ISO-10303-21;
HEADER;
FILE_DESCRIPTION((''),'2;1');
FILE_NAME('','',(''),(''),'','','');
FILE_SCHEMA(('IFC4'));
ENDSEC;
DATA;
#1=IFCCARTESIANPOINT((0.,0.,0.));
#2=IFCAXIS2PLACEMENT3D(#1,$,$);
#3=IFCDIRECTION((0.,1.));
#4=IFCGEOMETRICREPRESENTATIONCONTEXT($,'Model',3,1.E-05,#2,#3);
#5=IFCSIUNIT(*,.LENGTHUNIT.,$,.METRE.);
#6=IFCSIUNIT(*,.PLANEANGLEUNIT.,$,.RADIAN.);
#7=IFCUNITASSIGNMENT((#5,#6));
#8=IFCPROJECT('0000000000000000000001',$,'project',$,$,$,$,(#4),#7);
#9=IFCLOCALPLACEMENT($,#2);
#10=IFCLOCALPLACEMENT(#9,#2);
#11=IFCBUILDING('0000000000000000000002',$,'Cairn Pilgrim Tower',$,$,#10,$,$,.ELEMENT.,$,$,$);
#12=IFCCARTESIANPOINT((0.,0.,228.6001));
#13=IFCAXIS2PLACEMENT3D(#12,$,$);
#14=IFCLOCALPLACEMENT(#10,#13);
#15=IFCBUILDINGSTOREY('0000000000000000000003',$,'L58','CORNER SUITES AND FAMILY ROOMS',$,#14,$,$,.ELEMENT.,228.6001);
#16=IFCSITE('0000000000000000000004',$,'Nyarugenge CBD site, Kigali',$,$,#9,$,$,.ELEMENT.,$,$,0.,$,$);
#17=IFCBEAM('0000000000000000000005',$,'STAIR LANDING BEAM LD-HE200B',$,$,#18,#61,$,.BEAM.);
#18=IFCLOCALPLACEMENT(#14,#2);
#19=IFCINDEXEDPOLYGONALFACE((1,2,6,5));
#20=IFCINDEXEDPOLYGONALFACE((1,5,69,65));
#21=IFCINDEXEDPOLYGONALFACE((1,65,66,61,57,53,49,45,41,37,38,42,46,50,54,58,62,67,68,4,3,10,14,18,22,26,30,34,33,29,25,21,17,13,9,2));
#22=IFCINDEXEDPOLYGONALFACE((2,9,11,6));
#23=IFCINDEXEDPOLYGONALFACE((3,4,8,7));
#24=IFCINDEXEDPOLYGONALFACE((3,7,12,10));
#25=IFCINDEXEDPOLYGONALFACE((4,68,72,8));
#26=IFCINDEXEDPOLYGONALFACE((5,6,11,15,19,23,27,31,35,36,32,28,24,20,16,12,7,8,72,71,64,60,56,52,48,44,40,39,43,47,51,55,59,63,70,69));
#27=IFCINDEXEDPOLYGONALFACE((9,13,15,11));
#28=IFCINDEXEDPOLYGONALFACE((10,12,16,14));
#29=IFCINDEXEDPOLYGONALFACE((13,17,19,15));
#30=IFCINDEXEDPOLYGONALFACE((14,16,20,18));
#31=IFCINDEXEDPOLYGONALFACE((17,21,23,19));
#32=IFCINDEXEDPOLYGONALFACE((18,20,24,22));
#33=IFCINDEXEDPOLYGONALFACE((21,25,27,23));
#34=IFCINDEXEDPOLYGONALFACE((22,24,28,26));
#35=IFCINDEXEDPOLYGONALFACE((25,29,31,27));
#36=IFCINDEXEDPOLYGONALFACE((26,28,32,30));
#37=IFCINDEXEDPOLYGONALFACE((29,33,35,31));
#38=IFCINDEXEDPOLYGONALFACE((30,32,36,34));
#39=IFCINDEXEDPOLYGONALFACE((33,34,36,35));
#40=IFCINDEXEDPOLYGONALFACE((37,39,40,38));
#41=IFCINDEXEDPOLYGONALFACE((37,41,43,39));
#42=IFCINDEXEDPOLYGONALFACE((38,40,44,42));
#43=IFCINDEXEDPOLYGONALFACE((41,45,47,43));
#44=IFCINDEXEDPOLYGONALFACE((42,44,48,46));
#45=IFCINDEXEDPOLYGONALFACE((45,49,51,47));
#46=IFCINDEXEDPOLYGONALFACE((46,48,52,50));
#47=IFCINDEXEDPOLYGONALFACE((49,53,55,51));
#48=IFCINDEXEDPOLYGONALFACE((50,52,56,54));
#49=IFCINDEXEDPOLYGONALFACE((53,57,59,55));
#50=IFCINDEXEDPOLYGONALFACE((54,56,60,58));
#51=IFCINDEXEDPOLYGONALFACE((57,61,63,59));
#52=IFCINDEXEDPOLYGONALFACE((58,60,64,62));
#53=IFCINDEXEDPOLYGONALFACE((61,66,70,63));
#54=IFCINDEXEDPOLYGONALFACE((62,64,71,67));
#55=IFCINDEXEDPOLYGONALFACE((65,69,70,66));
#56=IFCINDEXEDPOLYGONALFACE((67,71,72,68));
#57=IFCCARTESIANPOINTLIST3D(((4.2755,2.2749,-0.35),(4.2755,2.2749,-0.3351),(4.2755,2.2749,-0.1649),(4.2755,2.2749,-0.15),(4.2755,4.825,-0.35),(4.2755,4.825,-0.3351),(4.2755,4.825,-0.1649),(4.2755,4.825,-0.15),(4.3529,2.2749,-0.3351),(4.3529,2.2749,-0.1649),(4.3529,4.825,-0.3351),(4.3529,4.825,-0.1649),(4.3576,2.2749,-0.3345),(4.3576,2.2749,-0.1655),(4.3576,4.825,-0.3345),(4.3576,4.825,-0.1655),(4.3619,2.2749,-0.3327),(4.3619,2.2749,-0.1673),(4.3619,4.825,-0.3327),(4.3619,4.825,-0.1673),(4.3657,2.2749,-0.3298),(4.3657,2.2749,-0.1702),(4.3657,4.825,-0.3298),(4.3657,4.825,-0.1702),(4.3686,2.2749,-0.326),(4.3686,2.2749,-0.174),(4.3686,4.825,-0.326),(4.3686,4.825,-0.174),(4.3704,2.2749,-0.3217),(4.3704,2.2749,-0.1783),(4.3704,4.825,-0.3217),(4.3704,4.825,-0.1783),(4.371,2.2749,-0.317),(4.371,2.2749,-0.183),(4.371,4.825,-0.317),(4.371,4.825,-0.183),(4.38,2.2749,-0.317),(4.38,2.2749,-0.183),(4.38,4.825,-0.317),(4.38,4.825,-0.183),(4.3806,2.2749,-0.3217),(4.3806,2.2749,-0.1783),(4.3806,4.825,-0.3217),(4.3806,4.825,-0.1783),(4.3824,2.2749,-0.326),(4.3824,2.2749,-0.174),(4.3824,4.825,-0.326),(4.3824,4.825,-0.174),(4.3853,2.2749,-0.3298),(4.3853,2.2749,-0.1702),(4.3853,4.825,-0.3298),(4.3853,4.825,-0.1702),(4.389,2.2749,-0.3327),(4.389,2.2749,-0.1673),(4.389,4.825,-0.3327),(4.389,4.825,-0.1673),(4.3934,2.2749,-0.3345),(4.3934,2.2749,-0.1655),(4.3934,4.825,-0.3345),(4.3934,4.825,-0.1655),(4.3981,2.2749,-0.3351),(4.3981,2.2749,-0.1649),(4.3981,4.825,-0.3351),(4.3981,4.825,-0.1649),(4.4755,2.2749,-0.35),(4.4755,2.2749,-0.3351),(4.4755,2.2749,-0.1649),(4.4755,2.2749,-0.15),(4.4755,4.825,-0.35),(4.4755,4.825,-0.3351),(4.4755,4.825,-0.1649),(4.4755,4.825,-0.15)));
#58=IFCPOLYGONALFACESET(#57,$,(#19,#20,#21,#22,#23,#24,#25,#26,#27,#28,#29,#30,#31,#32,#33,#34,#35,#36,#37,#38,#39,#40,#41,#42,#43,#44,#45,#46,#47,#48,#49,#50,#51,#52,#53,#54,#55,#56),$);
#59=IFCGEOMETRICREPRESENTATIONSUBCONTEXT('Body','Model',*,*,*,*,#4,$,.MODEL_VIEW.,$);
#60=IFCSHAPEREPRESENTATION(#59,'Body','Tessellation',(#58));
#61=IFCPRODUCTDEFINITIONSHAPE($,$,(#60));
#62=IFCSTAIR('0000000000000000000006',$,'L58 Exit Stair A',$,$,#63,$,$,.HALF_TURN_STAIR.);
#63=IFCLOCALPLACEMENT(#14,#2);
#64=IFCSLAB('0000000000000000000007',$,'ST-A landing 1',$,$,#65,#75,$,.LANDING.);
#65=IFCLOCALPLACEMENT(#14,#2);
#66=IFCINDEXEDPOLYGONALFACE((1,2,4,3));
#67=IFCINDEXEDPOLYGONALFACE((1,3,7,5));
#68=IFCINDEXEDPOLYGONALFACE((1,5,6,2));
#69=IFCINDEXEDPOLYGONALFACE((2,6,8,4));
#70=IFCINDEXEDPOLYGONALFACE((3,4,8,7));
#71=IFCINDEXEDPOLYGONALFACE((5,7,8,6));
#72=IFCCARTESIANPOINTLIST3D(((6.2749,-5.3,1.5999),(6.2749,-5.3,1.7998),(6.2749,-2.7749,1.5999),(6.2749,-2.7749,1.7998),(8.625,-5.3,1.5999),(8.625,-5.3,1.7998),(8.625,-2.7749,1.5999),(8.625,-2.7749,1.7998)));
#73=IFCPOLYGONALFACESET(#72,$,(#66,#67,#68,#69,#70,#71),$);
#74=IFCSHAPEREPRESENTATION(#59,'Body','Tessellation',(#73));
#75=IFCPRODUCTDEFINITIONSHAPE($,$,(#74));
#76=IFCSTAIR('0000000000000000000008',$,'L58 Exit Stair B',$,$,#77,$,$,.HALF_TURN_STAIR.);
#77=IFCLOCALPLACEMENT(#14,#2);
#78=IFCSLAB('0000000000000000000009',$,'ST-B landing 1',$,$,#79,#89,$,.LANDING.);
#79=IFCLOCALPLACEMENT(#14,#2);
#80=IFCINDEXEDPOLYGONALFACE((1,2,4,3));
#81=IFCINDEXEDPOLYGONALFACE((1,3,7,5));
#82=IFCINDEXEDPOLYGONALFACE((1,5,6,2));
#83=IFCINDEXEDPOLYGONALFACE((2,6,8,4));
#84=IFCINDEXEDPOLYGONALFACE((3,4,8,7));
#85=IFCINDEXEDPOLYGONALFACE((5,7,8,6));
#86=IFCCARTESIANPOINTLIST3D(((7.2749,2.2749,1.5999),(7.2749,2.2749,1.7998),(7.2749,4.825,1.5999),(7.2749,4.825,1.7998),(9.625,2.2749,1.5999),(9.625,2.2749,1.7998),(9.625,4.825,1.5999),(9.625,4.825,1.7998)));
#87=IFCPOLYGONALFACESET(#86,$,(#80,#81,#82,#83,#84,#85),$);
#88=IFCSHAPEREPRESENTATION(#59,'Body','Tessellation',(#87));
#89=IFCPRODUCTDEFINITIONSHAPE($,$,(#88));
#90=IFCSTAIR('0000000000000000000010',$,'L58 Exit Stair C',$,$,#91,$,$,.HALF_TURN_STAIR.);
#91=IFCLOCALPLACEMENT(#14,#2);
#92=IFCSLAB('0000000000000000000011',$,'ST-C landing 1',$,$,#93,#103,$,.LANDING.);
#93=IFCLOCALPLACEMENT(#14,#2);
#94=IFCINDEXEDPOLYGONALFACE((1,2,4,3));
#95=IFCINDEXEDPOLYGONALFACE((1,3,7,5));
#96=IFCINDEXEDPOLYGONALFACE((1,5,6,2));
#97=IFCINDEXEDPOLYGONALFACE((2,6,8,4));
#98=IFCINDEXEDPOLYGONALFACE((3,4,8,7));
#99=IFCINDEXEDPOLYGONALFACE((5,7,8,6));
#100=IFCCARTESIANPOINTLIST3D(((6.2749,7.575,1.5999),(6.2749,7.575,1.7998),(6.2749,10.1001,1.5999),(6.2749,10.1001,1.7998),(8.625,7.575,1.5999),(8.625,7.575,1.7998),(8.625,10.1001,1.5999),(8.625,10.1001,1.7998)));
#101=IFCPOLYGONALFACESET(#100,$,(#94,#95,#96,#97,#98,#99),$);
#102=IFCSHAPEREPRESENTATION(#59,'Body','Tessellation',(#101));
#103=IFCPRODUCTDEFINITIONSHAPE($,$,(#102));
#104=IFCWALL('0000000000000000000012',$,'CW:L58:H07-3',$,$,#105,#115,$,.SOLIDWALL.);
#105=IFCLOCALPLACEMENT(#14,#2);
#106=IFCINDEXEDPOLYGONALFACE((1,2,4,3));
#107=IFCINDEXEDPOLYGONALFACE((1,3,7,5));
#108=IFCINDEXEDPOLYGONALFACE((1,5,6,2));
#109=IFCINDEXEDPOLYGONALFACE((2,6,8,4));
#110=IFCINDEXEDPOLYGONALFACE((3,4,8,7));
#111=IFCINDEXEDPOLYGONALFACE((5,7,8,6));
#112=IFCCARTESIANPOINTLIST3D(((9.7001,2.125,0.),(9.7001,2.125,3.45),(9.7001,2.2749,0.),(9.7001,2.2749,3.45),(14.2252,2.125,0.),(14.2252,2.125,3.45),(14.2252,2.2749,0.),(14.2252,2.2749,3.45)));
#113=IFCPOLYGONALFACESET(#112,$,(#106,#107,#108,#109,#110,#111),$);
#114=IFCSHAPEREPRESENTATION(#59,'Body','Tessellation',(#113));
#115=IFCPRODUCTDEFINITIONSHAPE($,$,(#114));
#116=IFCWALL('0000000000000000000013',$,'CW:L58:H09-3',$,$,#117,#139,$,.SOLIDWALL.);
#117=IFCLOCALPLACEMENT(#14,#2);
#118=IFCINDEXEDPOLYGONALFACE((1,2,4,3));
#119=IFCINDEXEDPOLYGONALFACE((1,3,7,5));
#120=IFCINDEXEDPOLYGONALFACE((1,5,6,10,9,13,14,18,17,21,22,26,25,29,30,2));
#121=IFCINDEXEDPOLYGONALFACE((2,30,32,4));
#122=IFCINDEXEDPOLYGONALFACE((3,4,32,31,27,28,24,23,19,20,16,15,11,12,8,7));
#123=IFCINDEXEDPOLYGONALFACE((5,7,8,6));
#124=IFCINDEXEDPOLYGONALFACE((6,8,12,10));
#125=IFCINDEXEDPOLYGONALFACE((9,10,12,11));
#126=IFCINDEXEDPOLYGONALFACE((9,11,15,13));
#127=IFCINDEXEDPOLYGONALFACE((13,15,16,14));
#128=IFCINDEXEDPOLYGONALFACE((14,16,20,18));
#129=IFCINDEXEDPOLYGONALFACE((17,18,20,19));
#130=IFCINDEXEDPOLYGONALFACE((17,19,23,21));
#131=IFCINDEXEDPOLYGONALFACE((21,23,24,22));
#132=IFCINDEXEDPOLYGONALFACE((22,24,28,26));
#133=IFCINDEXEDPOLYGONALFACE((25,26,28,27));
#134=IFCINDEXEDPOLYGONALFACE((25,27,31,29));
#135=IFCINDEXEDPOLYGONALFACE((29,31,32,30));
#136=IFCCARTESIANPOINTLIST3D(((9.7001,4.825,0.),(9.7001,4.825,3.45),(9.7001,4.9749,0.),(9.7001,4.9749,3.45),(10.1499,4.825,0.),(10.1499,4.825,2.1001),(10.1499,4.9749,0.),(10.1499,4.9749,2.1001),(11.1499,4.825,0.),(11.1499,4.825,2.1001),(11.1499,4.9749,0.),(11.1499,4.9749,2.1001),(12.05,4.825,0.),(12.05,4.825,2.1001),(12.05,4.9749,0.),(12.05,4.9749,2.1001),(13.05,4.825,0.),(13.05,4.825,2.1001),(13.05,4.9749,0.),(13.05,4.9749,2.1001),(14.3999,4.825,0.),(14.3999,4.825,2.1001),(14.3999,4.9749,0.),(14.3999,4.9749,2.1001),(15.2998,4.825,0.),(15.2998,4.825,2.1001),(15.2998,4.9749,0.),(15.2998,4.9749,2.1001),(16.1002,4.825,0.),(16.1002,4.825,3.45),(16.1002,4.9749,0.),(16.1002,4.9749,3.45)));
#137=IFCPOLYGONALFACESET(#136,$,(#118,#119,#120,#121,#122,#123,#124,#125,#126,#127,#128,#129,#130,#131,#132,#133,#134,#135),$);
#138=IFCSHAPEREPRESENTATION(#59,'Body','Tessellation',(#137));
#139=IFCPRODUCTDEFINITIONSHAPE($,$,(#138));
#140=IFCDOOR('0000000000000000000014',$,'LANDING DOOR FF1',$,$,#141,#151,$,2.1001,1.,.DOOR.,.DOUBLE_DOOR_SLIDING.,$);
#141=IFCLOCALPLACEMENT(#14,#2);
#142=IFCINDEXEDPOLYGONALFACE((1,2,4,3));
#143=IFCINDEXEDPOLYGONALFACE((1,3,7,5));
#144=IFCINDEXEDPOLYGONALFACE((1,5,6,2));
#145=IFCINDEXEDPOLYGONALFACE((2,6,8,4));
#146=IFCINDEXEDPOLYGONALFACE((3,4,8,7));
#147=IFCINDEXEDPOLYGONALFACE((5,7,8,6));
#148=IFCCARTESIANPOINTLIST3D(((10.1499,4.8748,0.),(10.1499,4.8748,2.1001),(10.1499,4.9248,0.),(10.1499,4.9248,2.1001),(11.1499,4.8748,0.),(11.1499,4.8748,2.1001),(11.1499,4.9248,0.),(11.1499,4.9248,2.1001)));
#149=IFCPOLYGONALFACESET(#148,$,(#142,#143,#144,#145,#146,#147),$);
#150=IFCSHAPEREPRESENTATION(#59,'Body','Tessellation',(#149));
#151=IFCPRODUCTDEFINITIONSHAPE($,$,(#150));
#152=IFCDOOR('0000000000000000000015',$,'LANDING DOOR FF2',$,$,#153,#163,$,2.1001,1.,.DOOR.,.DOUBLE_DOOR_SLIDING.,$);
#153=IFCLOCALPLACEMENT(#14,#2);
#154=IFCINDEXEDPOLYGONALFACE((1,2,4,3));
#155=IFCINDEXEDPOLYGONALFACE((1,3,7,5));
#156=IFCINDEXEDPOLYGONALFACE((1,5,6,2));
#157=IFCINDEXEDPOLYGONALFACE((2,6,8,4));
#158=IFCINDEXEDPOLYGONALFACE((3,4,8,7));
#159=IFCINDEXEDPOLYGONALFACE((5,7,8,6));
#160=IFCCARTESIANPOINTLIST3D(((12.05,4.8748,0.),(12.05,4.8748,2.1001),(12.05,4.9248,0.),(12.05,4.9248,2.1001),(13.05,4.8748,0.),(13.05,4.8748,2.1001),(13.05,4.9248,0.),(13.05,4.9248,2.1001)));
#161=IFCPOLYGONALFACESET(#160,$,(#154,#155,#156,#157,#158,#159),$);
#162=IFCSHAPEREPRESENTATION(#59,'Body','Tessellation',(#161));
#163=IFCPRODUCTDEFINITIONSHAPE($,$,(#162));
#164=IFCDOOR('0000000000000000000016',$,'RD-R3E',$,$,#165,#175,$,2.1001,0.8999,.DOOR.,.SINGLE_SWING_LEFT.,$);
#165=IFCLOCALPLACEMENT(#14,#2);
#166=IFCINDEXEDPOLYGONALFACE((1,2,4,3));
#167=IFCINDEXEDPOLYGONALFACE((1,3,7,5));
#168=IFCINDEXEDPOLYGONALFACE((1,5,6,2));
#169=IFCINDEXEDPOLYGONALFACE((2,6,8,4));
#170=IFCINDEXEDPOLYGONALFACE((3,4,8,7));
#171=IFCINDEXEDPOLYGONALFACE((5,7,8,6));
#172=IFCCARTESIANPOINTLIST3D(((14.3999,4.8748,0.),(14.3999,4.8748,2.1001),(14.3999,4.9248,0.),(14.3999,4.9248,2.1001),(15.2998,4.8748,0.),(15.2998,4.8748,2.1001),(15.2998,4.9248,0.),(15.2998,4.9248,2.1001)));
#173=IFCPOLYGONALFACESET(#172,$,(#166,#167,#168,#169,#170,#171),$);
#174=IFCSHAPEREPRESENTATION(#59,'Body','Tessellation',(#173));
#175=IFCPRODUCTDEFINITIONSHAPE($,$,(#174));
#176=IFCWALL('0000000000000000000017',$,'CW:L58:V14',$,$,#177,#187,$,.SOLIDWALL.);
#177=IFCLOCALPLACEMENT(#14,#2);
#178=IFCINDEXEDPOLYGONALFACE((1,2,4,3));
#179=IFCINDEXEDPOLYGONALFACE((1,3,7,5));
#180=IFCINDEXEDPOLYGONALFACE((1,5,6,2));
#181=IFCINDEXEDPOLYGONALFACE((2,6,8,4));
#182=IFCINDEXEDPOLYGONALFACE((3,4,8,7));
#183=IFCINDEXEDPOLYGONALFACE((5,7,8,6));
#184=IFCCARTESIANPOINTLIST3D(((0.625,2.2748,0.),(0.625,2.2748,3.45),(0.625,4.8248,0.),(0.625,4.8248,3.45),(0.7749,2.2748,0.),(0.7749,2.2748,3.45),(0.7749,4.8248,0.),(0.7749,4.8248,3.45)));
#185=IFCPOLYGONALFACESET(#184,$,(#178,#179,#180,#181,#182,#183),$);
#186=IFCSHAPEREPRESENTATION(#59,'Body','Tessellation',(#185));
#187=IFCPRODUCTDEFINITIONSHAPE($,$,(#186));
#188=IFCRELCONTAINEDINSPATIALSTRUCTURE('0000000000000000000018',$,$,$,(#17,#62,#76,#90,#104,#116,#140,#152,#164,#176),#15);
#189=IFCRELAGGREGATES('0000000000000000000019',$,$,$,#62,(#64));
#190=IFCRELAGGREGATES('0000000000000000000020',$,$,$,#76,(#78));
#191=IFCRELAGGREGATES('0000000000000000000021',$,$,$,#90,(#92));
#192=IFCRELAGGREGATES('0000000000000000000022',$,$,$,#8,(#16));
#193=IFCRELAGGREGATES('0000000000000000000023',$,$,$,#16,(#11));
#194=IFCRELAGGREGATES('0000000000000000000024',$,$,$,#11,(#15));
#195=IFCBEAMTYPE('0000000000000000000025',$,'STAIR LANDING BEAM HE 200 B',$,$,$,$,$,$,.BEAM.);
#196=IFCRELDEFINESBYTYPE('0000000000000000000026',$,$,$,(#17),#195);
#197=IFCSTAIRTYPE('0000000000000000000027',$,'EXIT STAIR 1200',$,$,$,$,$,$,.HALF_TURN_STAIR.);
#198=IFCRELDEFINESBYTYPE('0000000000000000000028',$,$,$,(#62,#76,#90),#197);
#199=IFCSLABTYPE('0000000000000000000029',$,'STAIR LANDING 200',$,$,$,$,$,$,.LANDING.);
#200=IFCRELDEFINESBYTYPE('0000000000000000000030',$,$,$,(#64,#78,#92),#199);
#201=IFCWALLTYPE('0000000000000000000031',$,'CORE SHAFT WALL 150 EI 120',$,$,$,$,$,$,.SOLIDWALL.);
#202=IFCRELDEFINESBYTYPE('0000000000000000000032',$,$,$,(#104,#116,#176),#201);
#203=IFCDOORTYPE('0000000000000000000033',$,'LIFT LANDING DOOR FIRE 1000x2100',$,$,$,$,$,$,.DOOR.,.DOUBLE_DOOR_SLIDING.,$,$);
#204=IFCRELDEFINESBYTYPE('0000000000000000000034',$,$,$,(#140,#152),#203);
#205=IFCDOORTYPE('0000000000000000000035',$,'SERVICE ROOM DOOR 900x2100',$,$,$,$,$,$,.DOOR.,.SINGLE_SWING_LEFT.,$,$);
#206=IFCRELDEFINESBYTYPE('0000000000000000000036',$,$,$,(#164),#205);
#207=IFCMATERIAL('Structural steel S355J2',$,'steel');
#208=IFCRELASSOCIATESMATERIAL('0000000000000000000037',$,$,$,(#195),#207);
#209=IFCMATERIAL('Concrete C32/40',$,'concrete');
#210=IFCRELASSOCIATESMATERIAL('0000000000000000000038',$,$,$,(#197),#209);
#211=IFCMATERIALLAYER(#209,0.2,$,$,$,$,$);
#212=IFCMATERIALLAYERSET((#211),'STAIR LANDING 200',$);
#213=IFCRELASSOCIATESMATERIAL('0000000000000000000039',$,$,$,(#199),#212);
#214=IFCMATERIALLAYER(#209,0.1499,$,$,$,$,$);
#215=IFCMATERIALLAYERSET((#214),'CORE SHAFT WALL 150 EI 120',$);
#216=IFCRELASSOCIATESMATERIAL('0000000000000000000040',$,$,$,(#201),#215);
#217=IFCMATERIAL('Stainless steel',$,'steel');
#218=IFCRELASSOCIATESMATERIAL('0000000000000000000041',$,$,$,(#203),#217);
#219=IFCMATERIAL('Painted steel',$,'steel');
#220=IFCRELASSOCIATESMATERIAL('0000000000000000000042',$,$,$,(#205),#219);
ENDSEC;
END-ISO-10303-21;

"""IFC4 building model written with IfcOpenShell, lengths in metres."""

from ifc_helpers import new_model, si_unit, direction, frame, frame_2d, origin, origin_2d, place, context, subcontext, project, spatial, polyline, rectangle, i_section, outline, extrude, material, layer, layer_set, material_profile, profile_set, type_object, element, fill, aggregate, save


model = new_model("IFC4")

# Units and contexts
model_context = context("Model", 3, precision=1e-05, world=origin(), true_north=direction((0.0, 1.0)))
body_context = subcontext(model_context, "Body", "Model", "MODEL_VIEW")
ifc_project = project(units=[si_unit("LENGTHUNIT", "METRE"), si_unit("PLANEANGLEUNIT", "RADIAN")], contexts=[model_context])

# Site, building, storey
site_placement = place(None, origin())
site = spatial("IfcSite", under=ifc_project, at=site_placement, Name="Nyarugenge CBD site, Kigali", CompositionType="ELEMENT", RefElevation=0.0)
building_placement = place(site_placement, origin())
building = spatial("IfcBuilding", under=site, at=building_placement, Name="Cairn Pilgrim Tower", CompositionType="ELEMENT")
storey_placement = place(building_placement, frame((0.0, 0.0, 228.6001)))
storey = spatial("IfcBuildingStorey", under=building, at=storey_placement, Name="L58", Description="CORNER SUITES AND FAMILY ROOMS", CompositionType="ELEMENT", Elevation=228.6001)

# Beam
ifc_material_1 = material(Name="Structural steel S355J2", Category="steel")
ifc_material_profile = material_profile(ifc_material_1, i_section(OverallWidth=0.2, OverallDepth=0.2, WebThickness=0.009, FlangeThickness=0.0149, FilletRadius=0.0181, at=origin_2d()), Name="HE 200 B")
ifc_profile_set = profile_set([ifc_material_profile], Name="Structural steel S355J2")
beam_type = type_object("IfcBeamType", Name="STAIR LANDING BEAM HE 200 B", PredefinedType="BEAM", material=ifc_profile_set)
beam_placement = place(storey_placement, frame((4.3755, 2.2749, -0.25), z_axis=(0.0, 1.0, 0.0), x_axis=(-1.0, 0.0, 0.0)))
element("IfcBeam", 1, at=beam_placement, inside=storey, type_object=beam_type, Name="STAIR LANDING BEAM LD-HE200B", PredefinedType="BEAM", context=body_context, shape_type="SweptSolid", body=[
    extrude(i_section(OverallWidth=0.2, OverallDepth=0.2, WebThickness=0.009, FlangeThickness=0.0149, FilletRadius=0.0181, at=origin_2d()), origin(), (0.0, 0.0, 1.0), 2.55),
])

# Stairs, slabs
ifc_material_2 = material(Name="Concrete C32/40", Category="concrete")
stair_type = type_object("IfcStairType", Name="EXIT STAIR 1200", PredefinedType="HALF_TURN_STAIR", material=ifc_material_2)
stair_1_placement = place(storey_placement, origin())
stair_1 = element("IfcStair", 2, at=stair_1_placement, inside=storey, type_object=stair_type, Name="L58 Exit Stair A", PredefinedType="HALF_TURN_STAIR")
ifc_layer_1 = layer(ifc_material_2, 0.2)
ifc_layer_set_1 = layer_set([ifc_layer_1], Name="STAIR LANDING 200")
slab_type_1 = type_object("IfcSlabType", Name="STAIR LANDING 200", PredefinedType="LANDING", material=ifc_layer_set_1)
slab_1_placement = place(storey_placement, frame((0.0, 0.0, 1.5999)))
slab_1 = element("IfcSlab", 3, at=slab_1_placement, type_object=slab_type_1, Name="ST-A landing 1", PredefinedType="LANDING", context=body_context, shape_type="SweptSolid", body=[
    extrude(outline(polyline([(8.625, -2.7749), (6.2749, -2.7749), (6.2749, -5.3), (8.625, -5.3), (8.625, -2.7749)])), origin(), (0.0, 0.0, 1.0), 0.2),
])
aggregate(stair_1, [slab_1])
stair_2_placement = place(storey_placement, origin())
stair_2 = element("IfcStair", 4, at=stair_2_placement, inside=storey, type_object=stair_type, Name="L58 Exit Stair B", PredefinedType="HALF_TURN_STAIR")
slab_2_placement = place(storey_placement, frame((0.0, 0.0, 1.5999)))
slab_2 = element("IfcSlab", 5, at=slab_2_placement, type_object=slab_type_1, Name="ST-B landing 1", PredefinedType="LANDING", context=body_context, shape_type="SweptSolid", body=[
    extrude(outline(polyline([(7.2749, 2.2749), (9.625, 2.2749), (9.625, 4.825), (7.2749, 4.825), (7.2749, 2.2749)])), origin(), (0.0, 0.0, 1.0), 0.2),
])
stair_3_placement = place(storey_placement, origin())
stair_3 = element("IfcStair", 6, at=stair_3_placement, inside=storey, type_object=stair_type, Name="L58 Exit Stair C", PredefinedType="HALF_TURN_STAIR")
slab_3_placement = place(storey_placement, frame((0.0, 0.0, 1.5999)))
slab_3 = element("IfcSlab", 7, at=slab_3_placement, type_object=slab_type_1, Name="ST-C landing 1", PredefinedType="LANDING", context=body_context, shape_type="SweptSolid", body=[
    extrude(outline(polyline([(8.625, 10.1001), (6.2749, 10.1001), (6.2749, 7.575), (8.625, 7.575), (8.625, 10.1001)])), origin(), (0.0, 0.0, 1.0), 0.2),
])

# Wall
ifc_layer_2 = layer(ifc_material_2, 0.1499)
ifc_layer_set_2 = layer_set([ifc_layer_2], Name="CORE SHAFT WALL 150 EI 120")
wall_type_1 = type_object("IfcWallType", Name="CORE SHAFT WALL 150 EI 120", PredefinedType="SOLIDWALL", material=ifc_layer_set_2)
wall_1_placement = place(storey_placement, frame((9.7, 2.2, 0.0), z_axis=(0.0, 0.0, 1.0), x_axis=(1.0, 0.0, 0.0)))
element("IfcWall", 8, at=wall_1_placement, inside=storey, type_object=wall_type_1, Name="CW:L58:H07-3", PredefinedType="SOLIDWALL", context=body_context, shape_type="SweptSolid", body=[
    extrude(rectangle(XDim=4.5251, YDim=0.1499, at=frame_2d((2.2627, 0.0))), origin(), (0.0, 0.0, 1.0), 3.45),
])

# Wall, openings, doors
wall_2_placement = place(storey_placement, frame((9.7, 4.8999, 0.0), z_axis=(0.0, 0.0, 1.0), x_axis=(1.0, 0.0, 0.0)))
wall_2 = element("IfcWall", 9, at=wall_2_placement, inside=storey, type_object=wall_type_1, Name="CW:L58:H09-3", PredefinedType="SOLIDWALL", context=body_context, shape_type="SweptSolid", body=[
    extrude(rectangle(XDim=6.4001, YDim=0.1499, at=frame_2d((3.2002, 0.0))), origin(), (0.0, 0.0, 1.0), 3.45),
])
opening_1_placement = place(wall_2_placement, frame((0.45, 0.0, 0.0)))
opening_1 = element("IfcOpeningElement", 10, at=opening_1_placement, cuts=wall_2, PredefinedType="OPENING", context=body_context, shape_type="SweptSolid", body=[
    extrude(rectangle(XDim=1.0, YDim=2.1001, at=frame_2d((0.5, 1.05))), frame((0.0, 0.085, 0.0), z_axis=(0.0, -1.0, 0.0), x_axis=(1.0, 0.0, 0.0)), (0.0, 0.0, 1.0), 0.1699),
])
opening_2_placement = place(wall_2_placement, frame((2.3501, 0.0, 0.0)))
opening_2 = element("IfcOpeningElement", 11, at=opening_2_placement, cuts=wall_2, PredefinedType="OPENING", context=body_context, shape_type="SweptSolid", body=[
    extrude(rectangle(XDim=1.0, YDim=2.1001, at=frame_2d((0.5, 1.05))), frame((0.0, 0.085, 0.0), z_axis=(0.0, -1.0, 0.0), x_axis=(1.0, 0.0, 0.0)), (0.0, 0.0, 1.0), 0.1699),
])
opening_3_placement = place(wall_2_placement, frame((4.7, 0.0, 0.0)))
opening_3 = element("IfcOpeningElement", 12, at=opening_3_placement, cuts=wall_2, PredefinedType="OPENING", context=body_context, shape_type="SweptSolid", body=[
    extrude(rectangle(XDim=0.8999, YDim=2.1001, at=frame_2d((0.45, 1.05))), frame((0.0, 0.085, 0.0), z_axis=(0.0, -1.0, 0.0), x_axis=(1.0, 0.0, 0.0)), (0.0, 0.0, 1.0), 0.1699),
])
ifc_material_3 = material(Name="Stainless steel", Category="steel")
door_type_1 = type_object("IfcDoorType", Name="LIFT LANDING DOOR FIRE 1000x2100", OperationType="DOUBLE_DOOR_SLIDING", PredefinedType="DOOR", material=ifc_material_3)
door_1_placement = place(opening_1_placement, origin())
door_1 = element("IfcDoor", 13, at=door_1_placement, inside=storey, type_object=door_type_1, Name="LANDING DOOR FF1", OperationType="DOUBLE_DOOR_SLIDING", OverallHeight=2.1001, OverallWidth=1.0, PredefinedType="DOOR", context=body_context, shape_type="SweptSolid", body=[
    extrude(rectangle(XDim=1.0, YDim=2.1001, at=frame_2d((0.5, 1.05))), frame((0.0, 0.0249, 0.0), z_axis=(0.0, -1.0, 0.0), x_axis=(1.0, 0.0, 0.0)), (0.0, 0.0, 1.0), 0.05),
])
fill(opening_1, door_1)
door_2_placement = place(opening_2_placement, origin())
door_2 = element("IfcDoor", 14, at=door_2_placement, inside=storey, type_object=door_type_1, Name="LANDING DOOR FF2", OperationType="DOUBLE_DOOR_SLIDING", OverallHeight=2.1001, OverallWidth=1.0, PredefinedType="DOOR", context=body_context, shape_type="SweptSolid", body=[
    extrude(rectangle(XDim=1.0, YDim=2.1001, at=frame_2d((0.5, 1.05))), frame((0.0, 0.0249, 0.0), z_axis=(0.0, -1.0, 0.0), x_axis=(1.0, 0.0, 0.0)), (0.0, 0.0, 1.0), 0.05),
])
fill(opening_2, door_2)
ifc_material_4 = material(Name="Painted steel", Category="steel")
door_type_2 = type_object("IfcDoorType", Name="SERVICE ROOM DOOR 900x2100", OperationType="SINGLE_SWING_LEFT", PredefinedType="DOOR", material=ifc_material_4)
door_3_placement = place(opening_3_placement, origin())
door_3 = element("IfcDoor", 15, at=door_3_placement, inside=storey, type_object=door_type_2, Name="RD-R3E", OperationType="SINGLE_SWING_LEFT", OverallHeight=2.1001, OverallWidth=0.8999, PredefinedType="DOOR", context=body_context, shape_type="SweptSolid", body=[
    extrude(rectangle(XDim=0.8999, YDim=2.1001, at=frame_2d((0.45, 1.05))), frame((0.0, 0.0249, 0.0), z_axis=(0.0, -1.0, 0.0), x_axis=(1.0, 0.0, 0.0)), (0.0, 0.0, 1.0), 0.05),
])
fill(opening_3, door_3)

# Wall
wall_3_placement = place(storey_placement, frame((0.7, 2.2749, 0.0), z_axis=(0.0, 0.0, 1.0), x_axis=(0.0, 1.0, 0.0)))
element("IfcWall", 16, at=wall_3_placement, inside=storey, type_object=wall_type_1, Name="CW:L58:V14", PredefinedType="SOLIDWALL", context=body_context, shape_type="SweptSolid", body=[
    extrude(rectangle(XDim=2.55, YDim=0.1499, at=frame_2d((1.2749, 0.0))), origin(), (0.0, 0.0, 1.0), 3.45),
])

aggregate(stair_2, [slab_2])
aggregate(stair_3, [slab_3])

save(model, "model.ifc")
